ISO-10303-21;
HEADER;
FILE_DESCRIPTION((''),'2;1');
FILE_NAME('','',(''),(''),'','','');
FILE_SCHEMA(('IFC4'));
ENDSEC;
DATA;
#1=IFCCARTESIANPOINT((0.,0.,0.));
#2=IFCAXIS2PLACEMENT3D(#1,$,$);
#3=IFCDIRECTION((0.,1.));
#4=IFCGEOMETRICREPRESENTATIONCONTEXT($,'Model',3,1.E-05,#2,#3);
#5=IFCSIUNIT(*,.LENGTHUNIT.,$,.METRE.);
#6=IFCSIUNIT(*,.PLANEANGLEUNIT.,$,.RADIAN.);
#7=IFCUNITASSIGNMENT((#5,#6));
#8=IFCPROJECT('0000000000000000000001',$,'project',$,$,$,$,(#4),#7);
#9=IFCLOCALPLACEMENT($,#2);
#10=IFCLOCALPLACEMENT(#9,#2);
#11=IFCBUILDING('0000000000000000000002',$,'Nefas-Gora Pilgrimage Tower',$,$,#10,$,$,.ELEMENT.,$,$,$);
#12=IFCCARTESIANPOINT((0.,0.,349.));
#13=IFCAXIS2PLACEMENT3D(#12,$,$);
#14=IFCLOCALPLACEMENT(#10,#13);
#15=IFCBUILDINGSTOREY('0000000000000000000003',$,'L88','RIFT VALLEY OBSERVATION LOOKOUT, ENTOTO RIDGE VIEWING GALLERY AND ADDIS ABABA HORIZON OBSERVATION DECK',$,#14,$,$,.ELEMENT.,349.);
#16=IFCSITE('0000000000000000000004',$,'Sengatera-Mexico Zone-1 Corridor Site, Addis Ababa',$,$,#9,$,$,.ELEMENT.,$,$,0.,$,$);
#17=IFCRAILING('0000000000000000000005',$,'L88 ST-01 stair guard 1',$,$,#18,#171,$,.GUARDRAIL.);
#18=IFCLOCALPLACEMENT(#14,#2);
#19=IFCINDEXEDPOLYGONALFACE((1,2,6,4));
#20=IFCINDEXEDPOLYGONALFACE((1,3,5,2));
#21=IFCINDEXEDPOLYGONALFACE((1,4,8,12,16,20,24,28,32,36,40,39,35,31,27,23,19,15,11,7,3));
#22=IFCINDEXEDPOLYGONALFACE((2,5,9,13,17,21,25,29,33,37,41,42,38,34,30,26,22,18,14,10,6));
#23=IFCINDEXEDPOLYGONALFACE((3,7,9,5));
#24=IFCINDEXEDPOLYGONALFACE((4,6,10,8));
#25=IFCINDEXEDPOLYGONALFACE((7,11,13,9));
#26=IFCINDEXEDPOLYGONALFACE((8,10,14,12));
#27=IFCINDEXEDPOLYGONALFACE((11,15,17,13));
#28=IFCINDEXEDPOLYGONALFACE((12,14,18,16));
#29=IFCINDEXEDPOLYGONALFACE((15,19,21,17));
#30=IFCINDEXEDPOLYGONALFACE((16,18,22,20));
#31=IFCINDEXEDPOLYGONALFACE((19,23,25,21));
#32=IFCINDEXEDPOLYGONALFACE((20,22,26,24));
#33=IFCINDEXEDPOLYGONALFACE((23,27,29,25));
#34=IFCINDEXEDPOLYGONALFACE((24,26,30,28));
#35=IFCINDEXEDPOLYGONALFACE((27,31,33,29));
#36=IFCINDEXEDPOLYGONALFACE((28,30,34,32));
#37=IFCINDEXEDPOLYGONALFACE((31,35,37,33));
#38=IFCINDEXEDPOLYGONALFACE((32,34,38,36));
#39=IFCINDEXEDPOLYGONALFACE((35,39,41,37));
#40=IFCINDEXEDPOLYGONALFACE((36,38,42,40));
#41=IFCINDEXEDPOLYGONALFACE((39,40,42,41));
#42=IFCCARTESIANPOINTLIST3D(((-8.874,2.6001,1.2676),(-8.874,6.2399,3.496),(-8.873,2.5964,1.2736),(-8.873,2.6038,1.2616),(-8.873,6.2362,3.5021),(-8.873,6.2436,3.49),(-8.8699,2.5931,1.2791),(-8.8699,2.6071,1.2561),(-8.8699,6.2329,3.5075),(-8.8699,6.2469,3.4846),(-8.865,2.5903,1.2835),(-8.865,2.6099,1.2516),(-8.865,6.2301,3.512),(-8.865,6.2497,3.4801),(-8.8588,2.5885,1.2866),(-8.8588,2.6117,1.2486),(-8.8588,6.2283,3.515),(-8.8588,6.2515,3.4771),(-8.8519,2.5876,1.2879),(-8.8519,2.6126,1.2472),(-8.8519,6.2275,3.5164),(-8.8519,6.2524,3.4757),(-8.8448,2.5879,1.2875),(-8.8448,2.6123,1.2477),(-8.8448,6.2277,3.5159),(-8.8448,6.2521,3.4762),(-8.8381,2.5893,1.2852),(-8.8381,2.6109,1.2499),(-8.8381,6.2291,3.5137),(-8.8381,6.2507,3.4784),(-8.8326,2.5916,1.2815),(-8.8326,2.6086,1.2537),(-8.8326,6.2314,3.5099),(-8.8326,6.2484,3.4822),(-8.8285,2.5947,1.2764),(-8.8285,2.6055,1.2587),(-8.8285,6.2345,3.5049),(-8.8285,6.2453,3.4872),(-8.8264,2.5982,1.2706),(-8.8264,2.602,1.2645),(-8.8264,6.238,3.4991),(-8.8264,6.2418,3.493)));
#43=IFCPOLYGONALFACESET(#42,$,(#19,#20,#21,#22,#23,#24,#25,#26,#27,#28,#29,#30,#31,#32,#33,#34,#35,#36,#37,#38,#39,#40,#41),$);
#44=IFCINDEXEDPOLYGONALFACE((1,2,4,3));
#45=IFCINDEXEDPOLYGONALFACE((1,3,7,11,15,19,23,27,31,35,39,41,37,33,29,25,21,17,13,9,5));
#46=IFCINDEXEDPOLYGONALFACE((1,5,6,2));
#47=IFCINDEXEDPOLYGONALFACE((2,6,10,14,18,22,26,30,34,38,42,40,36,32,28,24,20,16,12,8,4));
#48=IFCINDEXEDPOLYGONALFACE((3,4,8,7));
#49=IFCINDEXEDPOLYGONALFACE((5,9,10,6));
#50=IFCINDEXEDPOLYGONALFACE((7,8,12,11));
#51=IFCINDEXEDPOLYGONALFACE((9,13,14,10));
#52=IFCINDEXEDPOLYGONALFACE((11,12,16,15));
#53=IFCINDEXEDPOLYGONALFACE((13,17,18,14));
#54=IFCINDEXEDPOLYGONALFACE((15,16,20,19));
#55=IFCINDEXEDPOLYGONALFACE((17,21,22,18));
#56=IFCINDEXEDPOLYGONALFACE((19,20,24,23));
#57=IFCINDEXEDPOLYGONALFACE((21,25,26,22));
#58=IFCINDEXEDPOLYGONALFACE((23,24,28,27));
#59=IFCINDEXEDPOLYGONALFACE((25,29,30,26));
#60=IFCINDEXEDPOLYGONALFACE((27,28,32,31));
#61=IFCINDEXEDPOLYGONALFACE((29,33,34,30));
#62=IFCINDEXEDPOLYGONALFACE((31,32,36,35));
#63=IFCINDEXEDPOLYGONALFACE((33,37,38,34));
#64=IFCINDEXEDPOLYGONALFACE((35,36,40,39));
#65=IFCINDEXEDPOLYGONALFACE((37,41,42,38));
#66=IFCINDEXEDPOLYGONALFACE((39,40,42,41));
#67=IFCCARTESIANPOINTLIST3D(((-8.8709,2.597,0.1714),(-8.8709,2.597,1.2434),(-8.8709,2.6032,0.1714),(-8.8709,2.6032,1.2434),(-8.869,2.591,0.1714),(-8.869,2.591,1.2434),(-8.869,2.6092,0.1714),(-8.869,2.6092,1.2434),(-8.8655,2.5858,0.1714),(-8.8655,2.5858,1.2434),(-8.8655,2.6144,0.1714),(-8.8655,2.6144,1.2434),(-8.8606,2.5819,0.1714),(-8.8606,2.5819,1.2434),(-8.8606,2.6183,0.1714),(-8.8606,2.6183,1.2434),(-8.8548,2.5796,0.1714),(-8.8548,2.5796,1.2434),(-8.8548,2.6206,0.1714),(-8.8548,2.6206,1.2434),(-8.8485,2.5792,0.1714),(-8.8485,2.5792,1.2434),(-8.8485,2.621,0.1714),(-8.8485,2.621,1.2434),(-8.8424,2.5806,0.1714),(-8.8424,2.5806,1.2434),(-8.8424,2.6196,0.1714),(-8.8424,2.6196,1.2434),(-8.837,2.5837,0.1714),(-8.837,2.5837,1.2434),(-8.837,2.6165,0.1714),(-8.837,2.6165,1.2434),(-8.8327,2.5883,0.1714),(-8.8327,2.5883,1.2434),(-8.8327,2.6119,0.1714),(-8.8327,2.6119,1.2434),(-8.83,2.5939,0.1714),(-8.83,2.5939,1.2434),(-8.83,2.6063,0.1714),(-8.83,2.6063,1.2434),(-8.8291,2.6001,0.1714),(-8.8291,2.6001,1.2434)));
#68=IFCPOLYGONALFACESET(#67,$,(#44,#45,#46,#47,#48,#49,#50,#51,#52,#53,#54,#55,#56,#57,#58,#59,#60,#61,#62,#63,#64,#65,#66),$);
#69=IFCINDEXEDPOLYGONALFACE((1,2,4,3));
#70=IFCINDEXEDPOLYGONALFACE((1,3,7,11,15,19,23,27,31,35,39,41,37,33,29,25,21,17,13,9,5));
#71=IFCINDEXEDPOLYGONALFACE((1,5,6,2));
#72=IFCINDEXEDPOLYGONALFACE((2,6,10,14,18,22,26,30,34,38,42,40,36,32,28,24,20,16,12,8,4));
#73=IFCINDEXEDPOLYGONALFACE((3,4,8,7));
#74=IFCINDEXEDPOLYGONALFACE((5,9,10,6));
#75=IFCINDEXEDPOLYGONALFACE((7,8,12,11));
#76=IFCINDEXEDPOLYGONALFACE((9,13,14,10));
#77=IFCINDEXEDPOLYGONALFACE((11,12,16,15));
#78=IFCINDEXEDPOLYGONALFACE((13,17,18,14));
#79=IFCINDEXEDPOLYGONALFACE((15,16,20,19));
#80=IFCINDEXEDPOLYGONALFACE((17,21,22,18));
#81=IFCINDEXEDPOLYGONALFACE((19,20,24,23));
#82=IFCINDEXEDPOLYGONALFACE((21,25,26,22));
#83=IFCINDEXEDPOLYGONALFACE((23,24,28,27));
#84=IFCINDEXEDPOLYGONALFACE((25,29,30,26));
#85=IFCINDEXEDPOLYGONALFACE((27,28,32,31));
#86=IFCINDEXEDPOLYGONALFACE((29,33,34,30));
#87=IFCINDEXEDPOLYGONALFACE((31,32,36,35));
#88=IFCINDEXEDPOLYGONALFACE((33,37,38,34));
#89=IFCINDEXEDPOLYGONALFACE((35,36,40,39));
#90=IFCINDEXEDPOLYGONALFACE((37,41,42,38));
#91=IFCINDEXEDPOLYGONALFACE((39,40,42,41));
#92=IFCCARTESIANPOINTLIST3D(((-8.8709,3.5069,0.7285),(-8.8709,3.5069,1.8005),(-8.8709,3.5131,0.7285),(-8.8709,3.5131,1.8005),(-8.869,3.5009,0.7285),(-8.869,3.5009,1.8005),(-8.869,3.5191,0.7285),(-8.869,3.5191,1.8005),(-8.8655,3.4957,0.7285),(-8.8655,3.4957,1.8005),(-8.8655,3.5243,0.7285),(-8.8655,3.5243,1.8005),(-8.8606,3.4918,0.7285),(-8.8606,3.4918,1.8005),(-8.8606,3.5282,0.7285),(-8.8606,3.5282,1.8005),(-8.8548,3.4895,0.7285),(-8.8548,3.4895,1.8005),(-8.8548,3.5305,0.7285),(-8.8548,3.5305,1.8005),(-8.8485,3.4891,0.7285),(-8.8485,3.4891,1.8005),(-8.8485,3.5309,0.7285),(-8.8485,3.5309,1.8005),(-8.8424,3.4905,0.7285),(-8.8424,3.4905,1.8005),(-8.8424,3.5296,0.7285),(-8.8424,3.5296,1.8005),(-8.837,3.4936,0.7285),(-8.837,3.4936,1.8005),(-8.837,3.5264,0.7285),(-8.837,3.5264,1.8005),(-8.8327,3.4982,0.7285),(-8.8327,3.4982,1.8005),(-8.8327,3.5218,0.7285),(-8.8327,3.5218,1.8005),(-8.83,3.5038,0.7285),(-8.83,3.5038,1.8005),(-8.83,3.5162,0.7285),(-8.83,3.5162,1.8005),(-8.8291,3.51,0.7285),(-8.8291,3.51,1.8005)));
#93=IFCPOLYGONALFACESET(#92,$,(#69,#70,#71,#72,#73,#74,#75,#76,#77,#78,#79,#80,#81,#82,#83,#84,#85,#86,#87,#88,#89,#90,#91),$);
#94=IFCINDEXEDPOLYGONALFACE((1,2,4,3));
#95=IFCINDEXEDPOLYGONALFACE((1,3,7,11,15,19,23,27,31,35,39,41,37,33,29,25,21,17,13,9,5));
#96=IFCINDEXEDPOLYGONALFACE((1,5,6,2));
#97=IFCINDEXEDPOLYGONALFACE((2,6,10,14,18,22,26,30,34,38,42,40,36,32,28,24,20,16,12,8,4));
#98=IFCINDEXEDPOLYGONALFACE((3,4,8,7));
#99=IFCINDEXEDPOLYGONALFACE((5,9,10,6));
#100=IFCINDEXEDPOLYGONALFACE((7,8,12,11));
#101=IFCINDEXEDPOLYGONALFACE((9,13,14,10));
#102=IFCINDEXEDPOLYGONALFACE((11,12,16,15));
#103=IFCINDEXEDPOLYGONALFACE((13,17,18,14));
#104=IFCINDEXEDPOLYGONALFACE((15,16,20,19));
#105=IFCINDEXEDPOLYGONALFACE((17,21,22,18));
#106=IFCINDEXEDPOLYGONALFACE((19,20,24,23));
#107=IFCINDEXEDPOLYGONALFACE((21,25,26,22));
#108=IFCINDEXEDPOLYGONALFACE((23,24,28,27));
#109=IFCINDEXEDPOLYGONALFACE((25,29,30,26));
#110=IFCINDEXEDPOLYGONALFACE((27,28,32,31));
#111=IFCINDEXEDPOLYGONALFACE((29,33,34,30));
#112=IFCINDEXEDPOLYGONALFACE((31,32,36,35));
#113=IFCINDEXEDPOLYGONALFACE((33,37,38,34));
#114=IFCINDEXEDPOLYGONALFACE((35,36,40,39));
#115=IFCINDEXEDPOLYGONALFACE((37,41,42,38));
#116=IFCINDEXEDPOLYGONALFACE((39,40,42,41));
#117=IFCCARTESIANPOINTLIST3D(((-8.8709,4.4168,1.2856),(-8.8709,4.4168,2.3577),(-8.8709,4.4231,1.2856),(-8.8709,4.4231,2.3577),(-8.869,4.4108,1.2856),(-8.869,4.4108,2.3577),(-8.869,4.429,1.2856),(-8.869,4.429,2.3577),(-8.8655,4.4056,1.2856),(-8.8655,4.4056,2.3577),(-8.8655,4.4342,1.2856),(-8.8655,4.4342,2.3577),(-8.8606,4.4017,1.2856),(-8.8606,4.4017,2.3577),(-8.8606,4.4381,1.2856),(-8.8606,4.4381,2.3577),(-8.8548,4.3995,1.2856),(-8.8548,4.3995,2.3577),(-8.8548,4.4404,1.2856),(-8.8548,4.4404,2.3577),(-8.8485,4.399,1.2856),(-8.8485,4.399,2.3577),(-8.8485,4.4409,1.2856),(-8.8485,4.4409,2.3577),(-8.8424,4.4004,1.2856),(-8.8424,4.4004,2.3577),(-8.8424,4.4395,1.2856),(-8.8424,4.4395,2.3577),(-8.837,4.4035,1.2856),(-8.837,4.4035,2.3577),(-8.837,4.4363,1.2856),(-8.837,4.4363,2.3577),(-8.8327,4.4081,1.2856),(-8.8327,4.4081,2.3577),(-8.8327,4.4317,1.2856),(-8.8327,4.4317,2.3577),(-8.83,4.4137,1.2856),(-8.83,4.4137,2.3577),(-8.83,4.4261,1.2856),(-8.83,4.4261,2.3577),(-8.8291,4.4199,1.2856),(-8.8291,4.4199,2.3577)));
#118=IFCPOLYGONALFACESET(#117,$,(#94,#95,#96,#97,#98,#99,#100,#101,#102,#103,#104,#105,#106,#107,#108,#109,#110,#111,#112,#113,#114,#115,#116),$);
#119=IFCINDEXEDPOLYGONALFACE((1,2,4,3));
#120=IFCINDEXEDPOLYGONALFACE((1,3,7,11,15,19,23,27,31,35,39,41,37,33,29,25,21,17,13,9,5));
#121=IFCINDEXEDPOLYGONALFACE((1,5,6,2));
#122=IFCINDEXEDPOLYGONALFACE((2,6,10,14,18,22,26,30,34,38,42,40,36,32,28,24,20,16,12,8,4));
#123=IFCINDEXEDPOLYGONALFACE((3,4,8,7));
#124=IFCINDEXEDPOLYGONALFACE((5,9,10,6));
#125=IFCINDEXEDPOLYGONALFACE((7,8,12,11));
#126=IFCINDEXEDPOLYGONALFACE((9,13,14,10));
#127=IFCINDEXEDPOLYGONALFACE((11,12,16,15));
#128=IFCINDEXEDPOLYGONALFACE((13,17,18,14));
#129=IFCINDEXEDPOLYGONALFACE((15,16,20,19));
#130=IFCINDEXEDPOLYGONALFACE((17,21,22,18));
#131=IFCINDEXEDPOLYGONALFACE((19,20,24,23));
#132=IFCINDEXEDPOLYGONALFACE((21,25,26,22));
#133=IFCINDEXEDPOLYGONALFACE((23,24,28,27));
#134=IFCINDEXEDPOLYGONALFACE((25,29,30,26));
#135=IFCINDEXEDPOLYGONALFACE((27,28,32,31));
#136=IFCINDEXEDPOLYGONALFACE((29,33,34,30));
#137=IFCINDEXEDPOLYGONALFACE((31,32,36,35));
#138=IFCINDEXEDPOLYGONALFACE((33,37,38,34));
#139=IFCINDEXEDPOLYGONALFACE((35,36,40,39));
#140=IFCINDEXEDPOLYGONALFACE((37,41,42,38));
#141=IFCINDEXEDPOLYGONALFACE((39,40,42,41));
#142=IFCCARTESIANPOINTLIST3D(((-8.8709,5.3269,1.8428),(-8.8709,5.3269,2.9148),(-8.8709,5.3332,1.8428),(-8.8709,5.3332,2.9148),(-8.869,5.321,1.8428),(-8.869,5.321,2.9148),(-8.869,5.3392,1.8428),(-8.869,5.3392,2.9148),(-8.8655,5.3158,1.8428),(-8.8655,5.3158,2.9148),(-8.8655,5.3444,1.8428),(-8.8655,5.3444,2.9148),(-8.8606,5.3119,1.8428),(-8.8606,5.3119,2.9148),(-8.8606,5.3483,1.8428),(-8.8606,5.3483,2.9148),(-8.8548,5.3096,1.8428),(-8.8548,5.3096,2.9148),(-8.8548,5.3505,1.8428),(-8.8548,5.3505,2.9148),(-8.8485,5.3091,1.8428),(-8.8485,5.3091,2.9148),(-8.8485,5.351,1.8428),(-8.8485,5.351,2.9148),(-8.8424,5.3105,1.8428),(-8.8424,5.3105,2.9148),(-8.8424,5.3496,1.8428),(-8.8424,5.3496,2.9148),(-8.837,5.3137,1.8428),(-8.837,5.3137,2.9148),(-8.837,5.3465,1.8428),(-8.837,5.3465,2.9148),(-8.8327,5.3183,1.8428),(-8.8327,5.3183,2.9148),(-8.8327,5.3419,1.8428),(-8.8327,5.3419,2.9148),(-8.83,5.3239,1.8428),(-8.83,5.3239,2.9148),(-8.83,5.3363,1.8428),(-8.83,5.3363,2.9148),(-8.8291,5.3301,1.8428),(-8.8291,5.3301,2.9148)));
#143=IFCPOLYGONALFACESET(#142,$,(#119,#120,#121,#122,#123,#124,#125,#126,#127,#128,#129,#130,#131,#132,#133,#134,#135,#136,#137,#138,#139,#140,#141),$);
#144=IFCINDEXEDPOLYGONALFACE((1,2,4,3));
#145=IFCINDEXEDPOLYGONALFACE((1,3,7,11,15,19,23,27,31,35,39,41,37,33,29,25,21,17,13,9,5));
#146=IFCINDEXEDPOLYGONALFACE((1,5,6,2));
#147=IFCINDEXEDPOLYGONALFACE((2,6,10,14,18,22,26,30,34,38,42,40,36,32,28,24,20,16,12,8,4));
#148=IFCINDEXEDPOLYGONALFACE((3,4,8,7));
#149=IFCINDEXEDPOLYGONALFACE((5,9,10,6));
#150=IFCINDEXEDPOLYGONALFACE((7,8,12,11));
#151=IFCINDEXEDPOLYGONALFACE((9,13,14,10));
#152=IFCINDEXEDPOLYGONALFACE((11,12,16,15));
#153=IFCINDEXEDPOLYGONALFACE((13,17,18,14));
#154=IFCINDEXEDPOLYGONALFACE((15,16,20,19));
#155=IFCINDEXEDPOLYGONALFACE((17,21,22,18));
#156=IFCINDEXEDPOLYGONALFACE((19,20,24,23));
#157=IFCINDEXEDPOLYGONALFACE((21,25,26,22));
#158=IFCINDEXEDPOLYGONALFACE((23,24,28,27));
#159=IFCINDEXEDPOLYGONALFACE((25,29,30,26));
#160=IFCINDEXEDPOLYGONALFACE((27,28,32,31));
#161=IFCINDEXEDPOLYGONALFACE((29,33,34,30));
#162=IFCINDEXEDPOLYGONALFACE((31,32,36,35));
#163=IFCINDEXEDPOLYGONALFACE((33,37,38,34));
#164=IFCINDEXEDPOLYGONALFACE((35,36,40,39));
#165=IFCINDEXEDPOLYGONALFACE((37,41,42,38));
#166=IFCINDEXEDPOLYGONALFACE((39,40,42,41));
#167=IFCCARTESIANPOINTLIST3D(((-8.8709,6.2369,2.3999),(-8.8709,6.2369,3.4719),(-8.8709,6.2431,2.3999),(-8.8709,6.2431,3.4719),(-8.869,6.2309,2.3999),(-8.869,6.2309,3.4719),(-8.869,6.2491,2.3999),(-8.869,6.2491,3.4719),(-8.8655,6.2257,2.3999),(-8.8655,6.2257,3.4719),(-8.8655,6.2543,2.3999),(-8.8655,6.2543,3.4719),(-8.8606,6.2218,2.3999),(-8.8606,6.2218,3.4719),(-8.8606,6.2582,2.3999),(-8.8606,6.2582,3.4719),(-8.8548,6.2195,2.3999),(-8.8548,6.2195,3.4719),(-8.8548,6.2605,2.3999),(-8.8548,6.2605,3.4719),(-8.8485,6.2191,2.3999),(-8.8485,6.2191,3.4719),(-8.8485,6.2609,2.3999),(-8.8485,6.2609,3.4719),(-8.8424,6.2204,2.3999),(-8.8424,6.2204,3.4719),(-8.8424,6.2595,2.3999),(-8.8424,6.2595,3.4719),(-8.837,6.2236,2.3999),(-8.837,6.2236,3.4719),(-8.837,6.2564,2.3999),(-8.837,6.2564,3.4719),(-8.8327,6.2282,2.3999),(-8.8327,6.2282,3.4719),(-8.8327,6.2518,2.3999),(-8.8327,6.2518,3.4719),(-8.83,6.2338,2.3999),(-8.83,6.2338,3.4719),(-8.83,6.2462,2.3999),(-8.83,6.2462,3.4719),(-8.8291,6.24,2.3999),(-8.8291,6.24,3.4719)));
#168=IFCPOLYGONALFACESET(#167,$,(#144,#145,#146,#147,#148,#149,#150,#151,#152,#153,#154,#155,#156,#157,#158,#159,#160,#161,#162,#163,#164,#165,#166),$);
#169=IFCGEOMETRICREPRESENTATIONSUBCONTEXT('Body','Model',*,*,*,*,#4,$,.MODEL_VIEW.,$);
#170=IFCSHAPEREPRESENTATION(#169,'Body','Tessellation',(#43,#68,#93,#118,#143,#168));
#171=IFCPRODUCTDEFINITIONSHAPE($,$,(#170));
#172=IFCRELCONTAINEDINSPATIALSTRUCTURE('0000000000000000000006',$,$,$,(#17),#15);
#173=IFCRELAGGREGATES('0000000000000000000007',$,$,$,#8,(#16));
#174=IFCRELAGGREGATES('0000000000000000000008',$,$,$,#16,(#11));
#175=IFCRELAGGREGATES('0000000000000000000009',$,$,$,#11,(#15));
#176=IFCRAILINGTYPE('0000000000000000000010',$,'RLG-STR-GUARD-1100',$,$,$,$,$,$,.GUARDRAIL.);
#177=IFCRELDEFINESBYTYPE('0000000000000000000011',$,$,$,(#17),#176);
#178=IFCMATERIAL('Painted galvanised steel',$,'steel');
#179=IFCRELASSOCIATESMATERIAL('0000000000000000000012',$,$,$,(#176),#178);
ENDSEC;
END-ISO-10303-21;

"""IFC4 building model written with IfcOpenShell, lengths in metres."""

from ifc_helpers import new_model, si_unit, direction, frame, origin, origin_2d, place, context, subcontext, project, spatial, circle, extrude, material, type_object, element, save


model = new_model("IFC4")

# Units and contexts
model_context = context("Model", 3, precision=1e-05, world=origin(), true_north=direction((0.0, 1.0)))
body_context = subcontext(model_context, "Body", "Model", "MODEL_VIEW")
ifc_project = project(units=[si_unit("LENGTHUNIT", "METRE"), si_unit("PLANEANGLEUNIT", "RADIAN")], contexts=[model_context])

# Site, building, storey
site_placement = place(None, origin())
site = spatial("IfcSite", under=ifc_project, at=site_placement, Name="Sengatera-Mexico Zone-1 Corridor Site, Addis Ababa", CompositionType="ELEMENT", RefElevation=0.0)
building_placement = place(site_placement, origin())
building = spatial("IfcBuilding", under=site, at=building_placement, Name="Nefas-Gora Pilgrimage Tower", CompositionType="ELEMENT")
storey_placement = place(building_placement, frame((0.0, 0.0, 349.0)))
storey = spatial("IfcBuildingStorey", under=building, at=storey_placement, Name="L88", Description="RIFT VALLEY OBSERVATION LOOKOUT, ENTOTO RIDGE VIEWING GALLERY AND ADDIS ABABA HORIZON OBSERVATION DECK", CompositionType="ELEMENT", Elevation=349.0)

# Railing
ifc_material_1 = material(Name="Painted galvanised steel", Category="steel")
railing_type_1 = type_object("IfcRailingType", Name="RLG-STR-GUARD-1100", PredefinedType="GUARDRAIL", material=ifc_material_1)
railing_1_placement = place(storey_placement, frame((-8.8501, 2.6001, 0.1714)))
element("IfcRailing", 1, at=railing_1_placement, inside=storey, type_object=railing_type_1, Name="L88 ST-01 stair guard 1", PredefinedType="GUARDRAIL", context=body_context, shape_type="SweptSolid", body=[
    extrude(circle(Radius=0.0239, at=origin_2d()), frame((0.0, 0.0, 1.0962), z_axis=(0.0, 0.85285, 0.522156), x_axis=(-1.0, 0.0, 0.0)), (0.0, 0.0, 1.0), 4.2678),
    extrude(circle(Radius=0.021, at=origin_2d()), origin(), (0.0, 0.0, 1.0), 1.072),
    extrude(circle(Radius=0.021, at=origin_2d()), frame((0.0, 0.9099, 0.5571)), (0.0, 0.0, 1.0), 1.072),
    extrude(circle(Radius=0.021, at=origin_2d()), frame((0.0, 1.8198, 1.1143)), (0.0, 0.0, 1.0), 1.072),
    extrude(circle(Radius=0.021, at=origin_2d()), frame((0.0, 2.73, 1.6714)), (0.0, 0.0, 1.0), 1.072),
    extrude(circle(Radius=0.021, at=origin_2d()), frame((0.0, 3.6399, 2.2285)), (0.0, 0.0, 1.0), 1.072),
])

save(model, "model.ifc")
